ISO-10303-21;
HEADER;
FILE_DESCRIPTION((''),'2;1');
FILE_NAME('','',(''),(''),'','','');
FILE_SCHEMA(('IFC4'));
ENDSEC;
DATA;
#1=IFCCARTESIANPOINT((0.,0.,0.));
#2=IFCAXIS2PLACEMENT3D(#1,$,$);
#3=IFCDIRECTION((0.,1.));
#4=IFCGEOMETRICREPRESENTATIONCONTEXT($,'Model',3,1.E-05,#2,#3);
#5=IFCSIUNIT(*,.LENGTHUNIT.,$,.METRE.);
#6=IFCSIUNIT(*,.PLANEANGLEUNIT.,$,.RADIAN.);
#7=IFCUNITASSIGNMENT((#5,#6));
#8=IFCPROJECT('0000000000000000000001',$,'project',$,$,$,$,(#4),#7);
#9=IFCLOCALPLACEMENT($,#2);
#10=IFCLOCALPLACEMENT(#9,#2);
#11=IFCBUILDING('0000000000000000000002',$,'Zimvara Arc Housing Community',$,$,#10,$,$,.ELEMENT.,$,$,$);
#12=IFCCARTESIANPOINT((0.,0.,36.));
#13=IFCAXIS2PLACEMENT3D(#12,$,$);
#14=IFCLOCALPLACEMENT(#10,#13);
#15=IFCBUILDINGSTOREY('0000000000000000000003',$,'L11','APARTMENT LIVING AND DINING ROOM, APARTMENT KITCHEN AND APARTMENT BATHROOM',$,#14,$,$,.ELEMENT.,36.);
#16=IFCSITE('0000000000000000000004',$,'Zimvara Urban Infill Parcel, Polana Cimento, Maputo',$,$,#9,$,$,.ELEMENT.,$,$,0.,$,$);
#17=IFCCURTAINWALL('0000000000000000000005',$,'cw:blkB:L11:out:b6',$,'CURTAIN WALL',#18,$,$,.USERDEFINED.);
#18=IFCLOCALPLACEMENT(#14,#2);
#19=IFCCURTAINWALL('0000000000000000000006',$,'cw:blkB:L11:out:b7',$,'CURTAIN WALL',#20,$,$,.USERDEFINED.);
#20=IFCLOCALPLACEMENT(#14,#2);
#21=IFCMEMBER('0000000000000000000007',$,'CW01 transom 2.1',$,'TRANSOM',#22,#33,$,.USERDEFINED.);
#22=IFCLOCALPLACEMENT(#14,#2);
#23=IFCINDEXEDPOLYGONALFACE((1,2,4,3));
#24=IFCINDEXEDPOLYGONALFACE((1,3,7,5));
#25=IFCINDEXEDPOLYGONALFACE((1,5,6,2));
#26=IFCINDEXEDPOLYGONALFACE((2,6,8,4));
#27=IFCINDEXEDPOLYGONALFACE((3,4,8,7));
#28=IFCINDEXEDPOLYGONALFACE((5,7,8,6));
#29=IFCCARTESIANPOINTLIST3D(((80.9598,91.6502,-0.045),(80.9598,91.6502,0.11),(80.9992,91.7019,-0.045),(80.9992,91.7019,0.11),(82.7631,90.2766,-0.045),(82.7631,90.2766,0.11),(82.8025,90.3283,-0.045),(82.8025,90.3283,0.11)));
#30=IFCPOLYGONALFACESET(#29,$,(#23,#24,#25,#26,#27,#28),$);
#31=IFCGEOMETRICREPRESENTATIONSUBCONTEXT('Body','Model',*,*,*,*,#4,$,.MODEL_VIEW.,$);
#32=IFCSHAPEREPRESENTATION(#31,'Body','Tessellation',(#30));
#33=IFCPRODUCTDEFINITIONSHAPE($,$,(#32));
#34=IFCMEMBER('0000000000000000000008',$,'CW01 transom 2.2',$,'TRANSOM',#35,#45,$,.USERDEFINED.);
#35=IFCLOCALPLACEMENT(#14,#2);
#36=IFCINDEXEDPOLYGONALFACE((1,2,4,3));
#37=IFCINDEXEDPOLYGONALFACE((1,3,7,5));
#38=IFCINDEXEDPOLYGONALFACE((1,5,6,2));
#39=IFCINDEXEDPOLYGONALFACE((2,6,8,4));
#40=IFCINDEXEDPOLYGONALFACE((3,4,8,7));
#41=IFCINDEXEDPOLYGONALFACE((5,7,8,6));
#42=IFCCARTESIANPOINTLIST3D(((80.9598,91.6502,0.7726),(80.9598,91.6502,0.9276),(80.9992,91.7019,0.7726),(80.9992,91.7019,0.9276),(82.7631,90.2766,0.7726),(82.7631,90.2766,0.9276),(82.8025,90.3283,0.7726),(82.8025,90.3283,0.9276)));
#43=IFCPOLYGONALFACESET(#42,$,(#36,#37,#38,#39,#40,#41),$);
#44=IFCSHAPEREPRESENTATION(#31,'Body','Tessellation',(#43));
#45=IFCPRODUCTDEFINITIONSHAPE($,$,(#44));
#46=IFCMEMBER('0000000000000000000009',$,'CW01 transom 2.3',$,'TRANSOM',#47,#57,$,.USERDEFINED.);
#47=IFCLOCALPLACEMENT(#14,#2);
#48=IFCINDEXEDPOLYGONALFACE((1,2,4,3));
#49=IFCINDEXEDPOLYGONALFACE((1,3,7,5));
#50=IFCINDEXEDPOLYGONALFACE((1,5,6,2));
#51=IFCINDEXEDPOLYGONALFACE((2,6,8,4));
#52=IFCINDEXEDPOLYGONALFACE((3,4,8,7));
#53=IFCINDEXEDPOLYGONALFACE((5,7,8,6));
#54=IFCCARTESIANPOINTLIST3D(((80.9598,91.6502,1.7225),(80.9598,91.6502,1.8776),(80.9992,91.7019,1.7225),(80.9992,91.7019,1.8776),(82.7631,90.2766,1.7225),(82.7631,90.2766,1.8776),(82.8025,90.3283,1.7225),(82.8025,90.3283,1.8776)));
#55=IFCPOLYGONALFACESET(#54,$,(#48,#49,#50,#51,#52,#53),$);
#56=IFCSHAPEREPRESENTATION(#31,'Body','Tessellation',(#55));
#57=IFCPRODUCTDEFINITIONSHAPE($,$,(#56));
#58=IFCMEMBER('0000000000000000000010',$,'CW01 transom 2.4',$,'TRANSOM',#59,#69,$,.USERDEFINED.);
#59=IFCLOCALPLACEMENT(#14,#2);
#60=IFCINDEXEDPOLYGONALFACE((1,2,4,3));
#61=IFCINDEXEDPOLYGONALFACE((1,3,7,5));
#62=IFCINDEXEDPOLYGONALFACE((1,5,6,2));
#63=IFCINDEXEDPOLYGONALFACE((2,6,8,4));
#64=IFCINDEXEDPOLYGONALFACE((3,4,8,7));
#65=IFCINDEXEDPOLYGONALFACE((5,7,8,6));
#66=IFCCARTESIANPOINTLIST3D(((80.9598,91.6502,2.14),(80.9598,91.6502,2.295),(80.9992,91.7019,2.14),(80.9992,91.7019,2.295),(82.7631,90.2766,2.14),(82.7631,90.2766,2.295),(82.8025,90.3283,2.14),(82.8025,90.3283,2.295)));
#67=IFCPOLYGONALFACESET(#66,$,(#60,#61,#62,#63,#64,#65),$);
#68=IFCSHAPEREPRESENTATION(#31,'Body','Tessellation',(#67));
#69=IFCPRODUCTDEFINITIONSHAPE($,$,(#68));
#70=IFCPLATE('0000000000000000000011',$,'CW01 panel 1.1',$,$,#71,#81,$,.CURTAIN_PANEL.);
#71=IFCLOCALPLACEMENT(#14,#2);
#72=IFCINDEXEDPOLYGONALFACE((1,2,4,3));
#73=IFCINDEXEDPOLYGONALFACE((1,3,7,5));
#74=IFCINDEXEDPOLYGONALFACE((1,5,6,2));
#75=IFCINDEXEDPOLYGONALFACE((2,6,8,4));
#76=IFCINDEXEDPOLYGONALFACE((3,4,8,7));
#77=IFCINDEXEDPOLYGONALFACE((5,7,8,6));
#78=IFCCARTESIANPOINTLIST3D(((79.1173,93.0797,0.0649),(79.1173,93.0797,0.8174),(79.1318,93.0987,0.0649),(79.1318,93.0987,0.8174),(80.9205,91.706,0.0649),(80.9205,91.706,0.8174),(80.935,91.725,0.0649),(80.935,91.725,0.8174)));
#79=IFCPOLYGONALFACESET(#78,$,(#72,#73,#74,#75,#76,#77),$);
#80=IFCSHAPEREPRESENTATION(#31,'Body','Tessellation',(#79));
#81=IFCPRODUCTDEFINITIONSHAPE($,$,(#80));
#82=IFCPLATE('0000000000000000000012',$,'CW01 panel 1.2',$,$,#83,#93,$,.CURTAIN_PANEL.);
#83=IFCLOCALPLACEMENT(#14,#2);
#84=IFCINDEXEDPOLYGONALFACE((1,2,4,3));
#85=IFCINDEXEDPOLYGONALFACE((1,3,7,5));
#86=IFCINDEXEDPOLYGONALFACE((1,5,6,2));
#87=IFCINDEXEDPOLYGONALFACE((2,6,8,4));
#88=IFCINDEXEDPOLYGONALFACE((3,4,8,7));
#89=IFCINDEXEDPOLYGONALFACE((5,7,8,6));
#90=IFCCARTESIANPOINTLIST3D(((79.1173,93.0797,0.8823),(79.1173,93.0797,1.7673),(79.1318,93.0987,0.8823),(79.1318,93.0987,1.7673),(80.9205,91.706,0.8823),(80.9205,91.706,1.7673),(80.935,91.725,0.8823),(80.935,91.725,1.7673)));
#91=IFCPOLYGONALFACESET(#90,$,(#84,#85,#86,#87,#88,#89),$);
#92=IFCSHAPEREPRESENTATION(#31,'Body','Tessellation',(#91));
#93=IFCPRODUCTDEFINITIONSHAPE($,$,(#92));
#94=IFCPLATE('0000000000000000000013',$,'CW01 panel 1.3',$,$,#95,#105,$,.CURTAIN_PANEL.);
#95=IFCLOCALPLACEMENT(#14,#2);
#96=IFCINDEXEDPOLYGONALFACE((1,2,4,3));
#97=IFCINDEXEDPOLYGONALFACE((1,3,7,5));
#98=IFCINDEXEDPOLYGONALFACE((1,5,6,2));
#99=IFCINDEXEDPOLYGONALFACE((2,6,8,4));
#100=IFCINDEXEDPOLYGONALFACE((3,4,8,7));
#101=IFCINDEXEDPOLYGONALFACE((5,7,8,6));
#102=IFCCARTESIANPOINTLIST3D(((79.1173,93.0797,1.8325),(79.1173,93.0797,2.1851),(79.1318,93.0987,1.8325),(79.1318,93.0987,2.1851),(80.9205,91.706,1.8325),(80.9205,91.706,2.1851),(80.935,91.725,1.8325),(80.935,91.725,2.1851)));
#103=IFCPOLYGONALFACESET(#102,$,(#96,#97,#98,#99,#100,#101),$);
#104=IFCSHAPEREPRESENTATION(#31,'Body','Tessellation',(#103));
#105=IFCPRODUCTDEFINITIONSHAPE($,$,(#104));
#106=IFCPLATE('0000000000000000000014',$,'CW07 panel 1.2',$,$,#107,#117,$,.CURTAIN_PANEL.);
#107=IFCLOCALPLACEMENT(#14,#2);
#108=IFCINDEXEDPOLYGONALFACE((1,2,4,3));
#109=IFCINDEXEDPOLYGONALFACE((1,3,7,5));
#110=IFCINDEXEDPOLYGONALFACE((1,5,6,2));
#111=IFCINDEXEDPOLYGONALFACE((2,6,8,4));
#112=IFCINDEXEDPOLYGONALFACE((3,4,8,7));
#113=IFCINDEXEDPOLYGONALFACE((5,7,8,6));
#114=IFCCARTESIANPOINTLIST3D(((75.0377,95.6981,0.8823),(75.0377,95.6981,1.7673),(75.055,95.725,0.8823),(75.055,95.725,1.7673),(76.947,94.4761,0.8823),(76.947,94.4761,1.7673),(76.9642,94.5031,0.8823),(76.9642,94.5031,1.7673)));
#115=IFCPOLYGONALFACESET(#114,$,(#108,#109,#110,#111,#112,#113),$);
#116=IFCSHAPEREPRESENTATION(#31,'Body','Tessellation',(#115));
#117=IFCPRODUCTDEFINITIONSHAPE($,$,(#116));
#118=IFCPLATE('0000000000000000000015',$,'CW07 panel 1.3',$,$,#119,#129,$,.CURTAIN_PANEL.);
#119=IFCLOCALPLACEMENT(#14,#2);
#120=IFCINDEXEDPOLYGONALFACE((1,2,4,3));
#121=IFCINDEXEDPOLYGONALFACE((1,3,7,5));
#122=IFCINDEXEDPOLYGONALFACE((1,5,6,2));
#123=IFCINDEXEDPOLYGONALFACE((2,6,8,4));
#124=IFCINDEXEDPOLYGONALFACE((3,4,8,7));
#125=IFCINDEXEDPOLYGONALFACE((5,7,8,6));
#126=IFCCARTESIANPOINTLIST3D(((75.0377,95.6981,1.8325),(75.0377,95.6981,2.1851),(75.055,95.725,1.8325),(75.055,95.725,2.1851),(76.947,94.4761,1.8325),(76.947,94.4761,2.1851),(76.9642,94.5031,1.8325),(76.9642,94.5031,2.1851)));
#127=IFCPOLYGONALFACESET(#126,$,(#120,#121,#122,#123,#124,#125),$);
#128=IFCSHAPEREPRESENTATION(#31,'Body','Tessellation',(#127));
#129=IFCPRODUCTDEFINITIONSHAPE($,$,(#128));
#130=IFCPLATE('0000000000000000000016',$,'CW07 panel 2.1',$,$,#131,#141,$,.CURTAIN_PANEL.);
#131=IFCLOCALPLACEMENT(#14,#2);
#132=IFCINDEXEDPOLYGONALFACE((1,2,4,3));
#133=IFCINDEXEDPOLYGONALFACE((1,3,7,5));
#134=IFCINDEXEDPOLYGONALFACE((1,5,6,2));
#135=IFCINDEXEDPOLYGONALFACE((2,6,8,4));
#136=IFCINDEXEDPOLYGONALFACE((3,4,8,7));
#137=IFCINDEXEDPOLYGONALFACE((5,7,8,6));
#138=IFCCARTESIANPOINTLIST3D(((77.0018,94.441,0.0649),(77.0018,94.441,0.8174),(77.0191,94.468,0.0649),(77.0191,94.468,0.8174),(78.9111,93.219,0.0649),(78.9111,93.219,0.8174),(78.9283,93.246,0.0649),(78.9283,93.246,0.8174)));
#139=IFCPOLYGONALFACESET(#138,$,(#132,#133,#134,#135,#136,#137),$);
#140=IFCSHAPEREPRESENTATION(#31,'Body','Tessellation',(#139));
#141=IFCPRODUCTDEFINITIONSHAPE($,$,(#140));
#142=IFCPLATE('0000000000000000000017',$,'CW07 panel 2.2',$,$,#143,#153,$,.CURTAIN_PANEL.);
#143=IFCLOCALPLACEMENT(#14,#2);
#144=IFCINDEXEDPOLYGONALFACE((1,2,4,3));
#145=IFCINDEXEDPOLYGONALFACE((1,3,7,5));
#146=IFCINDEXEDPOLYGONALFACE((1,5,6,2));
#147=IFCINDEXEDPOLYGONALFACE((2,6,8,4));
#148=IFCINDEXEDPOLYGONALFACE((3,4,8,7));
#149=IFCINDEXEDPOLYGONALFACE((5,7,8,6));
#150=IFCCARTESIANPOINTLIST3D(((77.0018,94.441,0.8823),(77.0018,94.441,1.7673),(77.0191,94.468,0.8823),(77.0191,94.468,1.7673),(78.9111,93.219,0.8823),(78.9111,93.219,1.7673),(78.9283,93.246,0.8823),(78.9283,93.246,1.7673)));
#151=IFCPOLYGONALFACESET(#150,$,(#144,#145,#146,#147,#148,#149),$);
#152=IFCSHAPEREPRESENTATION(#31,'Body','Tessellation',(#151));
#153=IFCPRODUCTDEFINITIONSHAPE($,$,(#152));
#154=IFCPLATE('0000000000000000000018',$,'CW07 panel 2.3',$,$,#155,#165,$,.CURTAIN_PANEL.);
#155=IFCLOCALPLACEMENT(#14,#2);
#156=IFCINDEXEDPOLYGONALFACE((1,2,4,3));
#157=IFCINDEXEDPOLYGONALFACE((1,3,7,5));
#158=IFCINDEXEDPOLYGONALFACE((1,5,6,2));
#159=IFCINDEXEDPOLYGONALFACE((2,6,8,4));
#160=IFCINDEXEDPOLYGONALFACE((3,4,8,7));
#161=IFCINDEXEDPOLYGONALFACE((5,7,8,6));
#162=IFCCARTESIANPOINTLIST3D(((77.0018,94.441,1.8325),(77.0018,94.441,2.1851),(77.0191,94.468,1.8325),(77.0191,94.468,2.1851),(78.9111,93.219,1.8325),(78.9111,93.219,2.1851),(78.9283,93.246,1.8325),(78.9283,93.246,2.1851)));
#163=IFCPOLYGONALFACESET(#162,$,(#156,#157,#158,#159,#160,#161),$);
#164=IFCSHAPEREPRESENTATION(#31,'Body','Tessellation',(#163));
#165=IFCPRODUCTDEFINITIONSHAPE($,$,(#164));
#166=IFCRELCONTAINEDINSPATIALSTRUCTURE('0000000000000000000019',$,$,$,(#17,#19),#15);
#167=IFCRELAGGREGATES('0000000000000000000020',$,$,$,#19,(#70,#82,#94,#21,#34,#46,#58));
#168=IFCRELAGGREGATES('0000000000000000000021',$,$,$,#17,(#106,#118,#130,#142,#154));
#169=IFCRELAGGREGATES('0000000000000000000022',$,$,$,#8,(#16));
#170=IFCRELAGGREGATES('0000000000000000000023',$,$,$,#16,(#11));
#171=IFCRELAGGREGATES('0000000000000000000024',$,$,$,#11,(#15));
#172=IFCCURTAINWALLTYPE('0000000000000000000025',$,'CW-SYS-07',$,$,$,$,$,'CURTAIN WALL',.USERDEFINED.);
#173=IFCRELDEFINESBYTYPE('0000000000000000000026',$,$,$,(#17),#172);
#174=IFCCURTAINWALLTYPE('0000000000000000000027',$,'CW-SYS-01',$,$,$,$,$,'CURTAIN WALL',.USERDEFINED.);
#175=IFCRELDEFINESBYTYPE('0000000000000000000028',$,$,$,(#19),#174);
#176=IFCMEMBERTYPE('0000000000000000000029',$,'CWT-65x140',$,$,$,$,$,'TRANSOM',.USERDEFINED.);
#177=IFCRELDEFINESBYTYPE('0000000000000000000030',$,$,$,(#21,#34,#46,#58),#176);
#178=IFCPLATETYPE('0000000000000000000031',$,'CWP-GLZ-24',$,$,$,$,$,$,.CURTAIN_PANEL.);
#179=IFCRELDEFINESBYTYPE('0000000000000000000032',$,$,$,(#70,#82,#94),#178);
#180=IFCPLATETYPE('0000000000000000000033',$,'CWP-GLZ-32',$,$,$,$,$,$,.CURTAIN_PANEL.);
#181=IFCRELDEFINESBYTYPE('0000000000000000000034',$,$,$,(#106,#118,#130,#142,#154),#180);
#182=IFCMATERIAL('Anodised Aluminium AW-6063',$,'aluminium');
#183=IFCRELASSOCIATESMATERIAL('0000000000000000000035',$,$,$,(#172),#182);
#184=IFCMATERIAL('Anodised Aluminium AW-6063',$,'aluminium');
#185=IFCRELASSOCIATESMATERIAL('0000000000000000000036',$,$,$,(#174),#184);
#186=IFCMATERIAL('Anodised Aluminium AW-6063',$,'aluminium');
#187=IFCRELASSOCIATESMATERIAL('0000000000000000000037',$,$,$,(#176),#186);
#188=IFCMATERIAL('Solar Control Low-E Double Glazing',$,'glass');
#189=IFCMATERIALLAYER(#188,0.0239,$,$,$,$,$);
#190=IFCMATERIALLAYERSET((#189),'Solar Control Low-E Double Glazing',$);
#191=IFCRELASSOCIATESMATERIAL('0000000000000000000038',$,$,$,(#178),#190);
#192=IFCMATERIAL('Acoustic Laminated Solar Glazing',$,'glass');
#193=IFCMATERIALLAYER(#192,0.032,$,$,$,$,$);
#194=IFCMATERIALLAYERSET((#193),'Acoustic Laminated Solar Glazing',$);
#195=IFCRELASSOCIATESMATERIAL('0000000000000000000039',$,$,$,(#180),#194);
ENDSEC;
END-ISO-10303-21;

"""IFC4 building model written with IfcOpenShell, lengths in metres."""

from ifc_helpers import new_model, si_unit, direction, frame, origin, origin_2d, place, context, subcontext, project, spatial, rectangle, extrude, material, layer, layer_set, material_profile, profile_set, type_object, element, aggregate, save


model = new_model("IFC4")

# Units and contexts
model_context = context("Model", 3, precision=1e-05, world=origin(), true_north=direction((0.0, 1.0)))
body_context = subcontext(model_context, "Body", "Model", "MODEL_VIEW")
ifc_project = project(units=[si_unit("LENGTHUNIT", "METRE"), si_unit("PLANEANGLEUNIT", "RADIAN")], contexts=[model_context])

# Site, building, storey
site_placement = place(None, origin())
site = spatial("IfcSite", under=ifc_project, at=site_placement, Name="Zimvara Urban Infill Parcel, Polana Cimento, Maputo", CompositionType="ELEMENT", RefElevation=0.0)
building_placement = place(site_placement, origin())
building = spatial("IfcBuilding", under=site, at=building_placement, Name="Zimvara Arc Housing Community", CompositionType="ELEMENT")
storey_placement = place(building_placement, frame((0.0, 0.0, 36.0)))
storey = spatial("IfcBuildingStorey", under=building, at=storey_placement, Name="L11", Description="APARTMENT LIVING AND DINING ROOM, APARTMENT KITCHEN AND APARTMENT BATHROOM", CompositionType="ELEMENT", Elevation=36.0)

# Curtain walls
ifc_material_1 = material(Name="Anodised Aluminium AW-6063", Category="aluminium")
curtain_wall_type_1 = type_object("IfcCurtainWallType", Name="CW-SYS-07", ElementType="CURTAIN WALL", PredefinedType="USERDEFINED", material=ifc_material_1)
curtain_wall_1_placement = place(storey_placement, origin())
curtain_wall_1 = element("IfcCurtainWall", 1, at=curtain_wall_1_placement, inside=storey, type_object=curtain_wall_type_1, Name="cw:blkB:L11:out:b6", ObjectType="CURTAIN WALL", PredefinedType="USERDEFINED")
ifc_material_2 = material(Name="Anodised Aluminium AW-6063", Category="aluminium")
curtain_wall_type_2 = type_object("IfcCurtainWallType", Name="CW-SYS-01", ElementType="CURTAIN WALL", PredefinedType="USERDEFINED", material=ifc_material_2)
curtain_wall_2_placement = place(storey_placement, origin())
curtain_wall_2 = element("IfcCurtainWall", 2, at=curtain_wall_2_placement, inside=storey, type_object=curtain_wall_type_2, Name="cw:blkB:L11:out:b7", ObjectType="CURTAIN WALL", PredefinedType="USERDEFINED")

# Members
ifc_material_3 = material(Name="Anodised Aluminium AW-6063", Category="aluminium")
ifc_material_profile_1 = material_profile(ifc_material_3, rectangle(XDim=0.0649, YDim=0.155, at=origin_2d()), Name="ALU 65x155")
ifc_profile_set_1 = profile_set([ifc_material_profile_1], Name="Anodised Aluminium AW-6063")
member_type_1 = type_object("IfcMemberType", Name="CWT-65x140", ElementType="TRANSOM", PredefinedType="USERDEFINED", material=ifc_profile_set_1)
member_1_placement = place(storey_placement, frame((80.9795, 91.676, 0.0325), z_axis=(0.795506, -0.605946, 0.0), x_axis=(0.605946, 0.795506, 0.0)))
member_1 = element("IfcMember", 3, at=member_1_placement, type_object=member_type_1, Name="CW01 transom 2.1", ObjectType="TRANSOM", PredefinedType="USERDEFINED", context=body_context, shape_type="SweptSolid", body=[
    extrude(rectangle(XDim=0.0649, YDim=0.155, at=origin_2d()), origin(), (0.0, 0.0, 1.0), 2.2668),
])
member_2_placement = place(storey_placement, frame((80.9795, 91.676, 0.8501), z_axis=(0.795506, -0.605946, 0.0), x_axis=(0.605946, 0.795506, 0.0)))
member_2 = element("IfcMember", 4, at=member_2_placement, type_object=member_type_1, Name="CW01 transom 2.2", ObjectType="TRANSOM", PredefinedType="USERDEFINED", context=body_context, shape_type="SweptSolid", body=[
    extrude(rectangle(XDim=0.0649, YDim=0.155, at=origin_2d()), origin(), (0.0, 0.0, 1.0), 2.2668),
])
member_3_placement = place(storey_placement, frame((80.9795, 91.676, 1.8), z_axis=(0.795506, -0.605946, 0.0), x_axis=(0.605946, 0.795506, 0.0)))
member_3 = element("IfcMember", 5, at=member_3_placement, type_object=member_type_1, Name="CW01 transom 2.3", ObjectType="TRANSOM", PredefinedType="USERDEFINED", context=body_context, shape_type="SweptSolid", body=[
    extrude(rectangle(XDim=0.0649, YDim=0.155, at=origin_2d()), origin(), (0.0, 0.0, 1.0), 2.2668),
])
member_4_placement = place(storey_placement, frame((80.9795, 91.676, 2.2175), z_axis=(0.795506, -0.605946, 0.0), x_axis=(0.605946, 0.795506, 0.0)))
member_4 = element("IfcMember", 6, at=member_4_placement, type_object=member_type_1, Name="CW01 transom 2.4", ObjectType="TRANSOM", PredefinedType="USERDEFINED", context=body_context, shape_type="SweptSolid", body=[
    extrude(rectangle(XDim=0.0649, YDim=0.155, at=origin_2d()), origin(), (0.0, 0.0, 1.0), 2.2668),
])

# Plates
ifc_material_4 = material(Name="Solar Control Low-E Double Glazing", Category="glass")
ifc_layer_1 = layer(ifc_material_4, 0.0239)
ifc_layer_set_1 = layer_set([ifc_layer_1], Name="Solar Control Low-E Double Glazing")
plate_type_1 = type_object("IfcPlateType", Name="CWP-GLZ-24", PredefinedType="CURTAIN_PANEL", material=ifc_layer_set_1)
plate_1_placement = place(storey_placement, frame((80.0261, 92.4023, 0.0649), z_axis=(0.0, 0.0, 1.0), x_axis=(0.795474, -0.605988, 0.0)))
plate_1 = element("IfcPlate", 7, at=plate_1_placement, type_object=plate_type_1, Name="CW01 panel 1.1", PredefinedType="CURTAIN_PANEL", context=body_context, shape_type="SweptSolid", body=[
    extrude(rectangle(XDim=2.2668, YDim=0.0239, at=origin_2d()), origin(), (0.0, 0.0, 1.0), 0.7524),
])
plate_2_placement = place(storey_placement, frame((80.0261, 92.4023, 0.8823), z_axis=(0.0, 0.0, 1.0), x_axis=(0.795474, -0.605988, 0.0)))
plate_2 = element("IfcPlate", 8, at=plate_2_placement, type_object=plate_type_1, Name="CW01 panel 1.2", PredefinedType="CURTAIN_PANEL", context=body_context, shape_type="SweptSolid", body=[
    extrude(rectangle(XDim=2.2668, YDim=0.0239, at=origin_2d()), origin(), (0.0, 0.0, 1.0), 0.885),
])
plate_3_placement = place(storey_placement, frame((80.0261, 92.4023, 1.8325), z_axis=(0.0, 0.0, 1.0), x_axis=(0.795474, -0.605988, 0.0)))
plate_3 = element("IfcPlate", 9, at=plate_3_placement, type_object=plate_type_1, Name="CW01 panel 1.3", PredefinedType="CURTAIN_PANEL", context=body_context, shape_type="SweptSolid", body=[
    extrude(rectangle(XDim=2.2668, YDim=0.0239, at=origin_2d()), origin(), (0.0, 0.0, 1.0), 0.3525),
])
aggregate(curtain_wall_2, [plate_1, plate_2, plate_3, member_1, member_2, member_3, member_4])
ifc_material_5 = material(Name="Acoustic Laminated Solar Glazing", Category="glass")
ifc_layer_2 = layer(ifc_material_5, 0.032)
ifc_layer_set_2 = layer_set([ifc_layer_2], Name="Acoustic Laminated Solar Glazing")
plate_type_2 = type_object("IfcPlateType", Name="CWP-GLZ-32", PredefinedType="CURTAIN_PANEL", material=ifc_layer_set_2)
plate_4_placement = place(storey_placement, frame((76.001, 95.1006, 0.8823), z_axis=(0.0, 0.0, 1.0), x_axis=(0.842264, -0.539065, 0.0)))
plate_4 = element("IfcPlate", 10, at=plate_4_placement, type_object=plate_type_2, Name="CW07 panel 1.2", PredefinedType="CURTAIN_PANEL", context=body_context, shape_type="SweptSolid", body=[
    extrude(rectangle(XDim=2.2668, YDim=0.032, at=origin_2d()), origin(), (0.0, 0.0, 1.0), 0.885),
])
plate_5_placement = place(storey_placement, frame((76.001, 95.1006, 1.8325), z_axis=(0.0, 0.0, 1.0), x_axis=(0.842264, -0.539065, 0.0)))
plate_5 = element("IfcPlate", 11, at=plate_5_placement, type_object=plate_type_2, Name="CW07 panel 1.3", PredefinedType="CURTAIN_PANEL", context=body_context, shape_type="SweptSolid", body=[
    extrude(rectangle(XDim=2.2668, YDim=0.032, at=origin_2d()), origin(), (0.0, 0.0, 1.0), 0.3525),
])
plate_6_placement = place(storey_placement, frame((77.9651, 93.8435, 0.0649), z_axis=(0.0, 0.0, 1.0), x_axis=(0.842264, -0.539065, 0.0)))
plate_6 = element("IfcPlate", 12, at=plate_6_placement, type_object=plate_type_2, Name="CW07 panel 2.1", PredefinedType="CURTAIN_PANEL", context=body_context, shape_type="SweptSolid", body=[
    extrude(rectangle(XDim=2.2668, YDim=0.032, at=origin_2d()), origin(), (0.0, 0.0, 1.0), 0.7524),
])
plate_7_placement = place(storey_placement, frame((77.9651, 93.8435, 0.8823), z_axis=(0.0, 0.0, 1.0), x_axis=(0.842264, -0.539065, 0.0)))
plate_7 = element("IfcPlate", 13, at=plate_7_placement, type_object=plate_type_2, Name="CW07 panel 2.2", PredefinedType="CURTAIN_PANEL", context=body_context, shape_type="SweptSolid", body=[
    extrude(rectangle(XDim=2.2668, YDim=0.032, at=origin_2d()), origin(), (0.0, 0.0, 1.0), 0.885),
])
plate_8_placement = place(storey_placement, frame((77.9651, 93.8435, 1.8325), z_axis=(0.0, 0.0, 1.0), x_axis=(0.842264, -0.539065, 0.0)))
plate_8 = element("IfcPlate", 14, at=plate_8_placement, type_object=plate_type_2, Name="CW07 panel 2.3", PredefinedType="CURTAIN_PANEL", context=body_context, shape_type="SweptSolid", body=[
    extrude(rectangle(XDim=2.2668, YDim=0.032, at=origin_2d()), origin(), (0.0, 0.0, 1.0), 0.3525),
])
aggregate(curtain_wall_1, [plate_4, plate_5, plate_6, plate_7, plate_8])

save(model, "model.ifc")
